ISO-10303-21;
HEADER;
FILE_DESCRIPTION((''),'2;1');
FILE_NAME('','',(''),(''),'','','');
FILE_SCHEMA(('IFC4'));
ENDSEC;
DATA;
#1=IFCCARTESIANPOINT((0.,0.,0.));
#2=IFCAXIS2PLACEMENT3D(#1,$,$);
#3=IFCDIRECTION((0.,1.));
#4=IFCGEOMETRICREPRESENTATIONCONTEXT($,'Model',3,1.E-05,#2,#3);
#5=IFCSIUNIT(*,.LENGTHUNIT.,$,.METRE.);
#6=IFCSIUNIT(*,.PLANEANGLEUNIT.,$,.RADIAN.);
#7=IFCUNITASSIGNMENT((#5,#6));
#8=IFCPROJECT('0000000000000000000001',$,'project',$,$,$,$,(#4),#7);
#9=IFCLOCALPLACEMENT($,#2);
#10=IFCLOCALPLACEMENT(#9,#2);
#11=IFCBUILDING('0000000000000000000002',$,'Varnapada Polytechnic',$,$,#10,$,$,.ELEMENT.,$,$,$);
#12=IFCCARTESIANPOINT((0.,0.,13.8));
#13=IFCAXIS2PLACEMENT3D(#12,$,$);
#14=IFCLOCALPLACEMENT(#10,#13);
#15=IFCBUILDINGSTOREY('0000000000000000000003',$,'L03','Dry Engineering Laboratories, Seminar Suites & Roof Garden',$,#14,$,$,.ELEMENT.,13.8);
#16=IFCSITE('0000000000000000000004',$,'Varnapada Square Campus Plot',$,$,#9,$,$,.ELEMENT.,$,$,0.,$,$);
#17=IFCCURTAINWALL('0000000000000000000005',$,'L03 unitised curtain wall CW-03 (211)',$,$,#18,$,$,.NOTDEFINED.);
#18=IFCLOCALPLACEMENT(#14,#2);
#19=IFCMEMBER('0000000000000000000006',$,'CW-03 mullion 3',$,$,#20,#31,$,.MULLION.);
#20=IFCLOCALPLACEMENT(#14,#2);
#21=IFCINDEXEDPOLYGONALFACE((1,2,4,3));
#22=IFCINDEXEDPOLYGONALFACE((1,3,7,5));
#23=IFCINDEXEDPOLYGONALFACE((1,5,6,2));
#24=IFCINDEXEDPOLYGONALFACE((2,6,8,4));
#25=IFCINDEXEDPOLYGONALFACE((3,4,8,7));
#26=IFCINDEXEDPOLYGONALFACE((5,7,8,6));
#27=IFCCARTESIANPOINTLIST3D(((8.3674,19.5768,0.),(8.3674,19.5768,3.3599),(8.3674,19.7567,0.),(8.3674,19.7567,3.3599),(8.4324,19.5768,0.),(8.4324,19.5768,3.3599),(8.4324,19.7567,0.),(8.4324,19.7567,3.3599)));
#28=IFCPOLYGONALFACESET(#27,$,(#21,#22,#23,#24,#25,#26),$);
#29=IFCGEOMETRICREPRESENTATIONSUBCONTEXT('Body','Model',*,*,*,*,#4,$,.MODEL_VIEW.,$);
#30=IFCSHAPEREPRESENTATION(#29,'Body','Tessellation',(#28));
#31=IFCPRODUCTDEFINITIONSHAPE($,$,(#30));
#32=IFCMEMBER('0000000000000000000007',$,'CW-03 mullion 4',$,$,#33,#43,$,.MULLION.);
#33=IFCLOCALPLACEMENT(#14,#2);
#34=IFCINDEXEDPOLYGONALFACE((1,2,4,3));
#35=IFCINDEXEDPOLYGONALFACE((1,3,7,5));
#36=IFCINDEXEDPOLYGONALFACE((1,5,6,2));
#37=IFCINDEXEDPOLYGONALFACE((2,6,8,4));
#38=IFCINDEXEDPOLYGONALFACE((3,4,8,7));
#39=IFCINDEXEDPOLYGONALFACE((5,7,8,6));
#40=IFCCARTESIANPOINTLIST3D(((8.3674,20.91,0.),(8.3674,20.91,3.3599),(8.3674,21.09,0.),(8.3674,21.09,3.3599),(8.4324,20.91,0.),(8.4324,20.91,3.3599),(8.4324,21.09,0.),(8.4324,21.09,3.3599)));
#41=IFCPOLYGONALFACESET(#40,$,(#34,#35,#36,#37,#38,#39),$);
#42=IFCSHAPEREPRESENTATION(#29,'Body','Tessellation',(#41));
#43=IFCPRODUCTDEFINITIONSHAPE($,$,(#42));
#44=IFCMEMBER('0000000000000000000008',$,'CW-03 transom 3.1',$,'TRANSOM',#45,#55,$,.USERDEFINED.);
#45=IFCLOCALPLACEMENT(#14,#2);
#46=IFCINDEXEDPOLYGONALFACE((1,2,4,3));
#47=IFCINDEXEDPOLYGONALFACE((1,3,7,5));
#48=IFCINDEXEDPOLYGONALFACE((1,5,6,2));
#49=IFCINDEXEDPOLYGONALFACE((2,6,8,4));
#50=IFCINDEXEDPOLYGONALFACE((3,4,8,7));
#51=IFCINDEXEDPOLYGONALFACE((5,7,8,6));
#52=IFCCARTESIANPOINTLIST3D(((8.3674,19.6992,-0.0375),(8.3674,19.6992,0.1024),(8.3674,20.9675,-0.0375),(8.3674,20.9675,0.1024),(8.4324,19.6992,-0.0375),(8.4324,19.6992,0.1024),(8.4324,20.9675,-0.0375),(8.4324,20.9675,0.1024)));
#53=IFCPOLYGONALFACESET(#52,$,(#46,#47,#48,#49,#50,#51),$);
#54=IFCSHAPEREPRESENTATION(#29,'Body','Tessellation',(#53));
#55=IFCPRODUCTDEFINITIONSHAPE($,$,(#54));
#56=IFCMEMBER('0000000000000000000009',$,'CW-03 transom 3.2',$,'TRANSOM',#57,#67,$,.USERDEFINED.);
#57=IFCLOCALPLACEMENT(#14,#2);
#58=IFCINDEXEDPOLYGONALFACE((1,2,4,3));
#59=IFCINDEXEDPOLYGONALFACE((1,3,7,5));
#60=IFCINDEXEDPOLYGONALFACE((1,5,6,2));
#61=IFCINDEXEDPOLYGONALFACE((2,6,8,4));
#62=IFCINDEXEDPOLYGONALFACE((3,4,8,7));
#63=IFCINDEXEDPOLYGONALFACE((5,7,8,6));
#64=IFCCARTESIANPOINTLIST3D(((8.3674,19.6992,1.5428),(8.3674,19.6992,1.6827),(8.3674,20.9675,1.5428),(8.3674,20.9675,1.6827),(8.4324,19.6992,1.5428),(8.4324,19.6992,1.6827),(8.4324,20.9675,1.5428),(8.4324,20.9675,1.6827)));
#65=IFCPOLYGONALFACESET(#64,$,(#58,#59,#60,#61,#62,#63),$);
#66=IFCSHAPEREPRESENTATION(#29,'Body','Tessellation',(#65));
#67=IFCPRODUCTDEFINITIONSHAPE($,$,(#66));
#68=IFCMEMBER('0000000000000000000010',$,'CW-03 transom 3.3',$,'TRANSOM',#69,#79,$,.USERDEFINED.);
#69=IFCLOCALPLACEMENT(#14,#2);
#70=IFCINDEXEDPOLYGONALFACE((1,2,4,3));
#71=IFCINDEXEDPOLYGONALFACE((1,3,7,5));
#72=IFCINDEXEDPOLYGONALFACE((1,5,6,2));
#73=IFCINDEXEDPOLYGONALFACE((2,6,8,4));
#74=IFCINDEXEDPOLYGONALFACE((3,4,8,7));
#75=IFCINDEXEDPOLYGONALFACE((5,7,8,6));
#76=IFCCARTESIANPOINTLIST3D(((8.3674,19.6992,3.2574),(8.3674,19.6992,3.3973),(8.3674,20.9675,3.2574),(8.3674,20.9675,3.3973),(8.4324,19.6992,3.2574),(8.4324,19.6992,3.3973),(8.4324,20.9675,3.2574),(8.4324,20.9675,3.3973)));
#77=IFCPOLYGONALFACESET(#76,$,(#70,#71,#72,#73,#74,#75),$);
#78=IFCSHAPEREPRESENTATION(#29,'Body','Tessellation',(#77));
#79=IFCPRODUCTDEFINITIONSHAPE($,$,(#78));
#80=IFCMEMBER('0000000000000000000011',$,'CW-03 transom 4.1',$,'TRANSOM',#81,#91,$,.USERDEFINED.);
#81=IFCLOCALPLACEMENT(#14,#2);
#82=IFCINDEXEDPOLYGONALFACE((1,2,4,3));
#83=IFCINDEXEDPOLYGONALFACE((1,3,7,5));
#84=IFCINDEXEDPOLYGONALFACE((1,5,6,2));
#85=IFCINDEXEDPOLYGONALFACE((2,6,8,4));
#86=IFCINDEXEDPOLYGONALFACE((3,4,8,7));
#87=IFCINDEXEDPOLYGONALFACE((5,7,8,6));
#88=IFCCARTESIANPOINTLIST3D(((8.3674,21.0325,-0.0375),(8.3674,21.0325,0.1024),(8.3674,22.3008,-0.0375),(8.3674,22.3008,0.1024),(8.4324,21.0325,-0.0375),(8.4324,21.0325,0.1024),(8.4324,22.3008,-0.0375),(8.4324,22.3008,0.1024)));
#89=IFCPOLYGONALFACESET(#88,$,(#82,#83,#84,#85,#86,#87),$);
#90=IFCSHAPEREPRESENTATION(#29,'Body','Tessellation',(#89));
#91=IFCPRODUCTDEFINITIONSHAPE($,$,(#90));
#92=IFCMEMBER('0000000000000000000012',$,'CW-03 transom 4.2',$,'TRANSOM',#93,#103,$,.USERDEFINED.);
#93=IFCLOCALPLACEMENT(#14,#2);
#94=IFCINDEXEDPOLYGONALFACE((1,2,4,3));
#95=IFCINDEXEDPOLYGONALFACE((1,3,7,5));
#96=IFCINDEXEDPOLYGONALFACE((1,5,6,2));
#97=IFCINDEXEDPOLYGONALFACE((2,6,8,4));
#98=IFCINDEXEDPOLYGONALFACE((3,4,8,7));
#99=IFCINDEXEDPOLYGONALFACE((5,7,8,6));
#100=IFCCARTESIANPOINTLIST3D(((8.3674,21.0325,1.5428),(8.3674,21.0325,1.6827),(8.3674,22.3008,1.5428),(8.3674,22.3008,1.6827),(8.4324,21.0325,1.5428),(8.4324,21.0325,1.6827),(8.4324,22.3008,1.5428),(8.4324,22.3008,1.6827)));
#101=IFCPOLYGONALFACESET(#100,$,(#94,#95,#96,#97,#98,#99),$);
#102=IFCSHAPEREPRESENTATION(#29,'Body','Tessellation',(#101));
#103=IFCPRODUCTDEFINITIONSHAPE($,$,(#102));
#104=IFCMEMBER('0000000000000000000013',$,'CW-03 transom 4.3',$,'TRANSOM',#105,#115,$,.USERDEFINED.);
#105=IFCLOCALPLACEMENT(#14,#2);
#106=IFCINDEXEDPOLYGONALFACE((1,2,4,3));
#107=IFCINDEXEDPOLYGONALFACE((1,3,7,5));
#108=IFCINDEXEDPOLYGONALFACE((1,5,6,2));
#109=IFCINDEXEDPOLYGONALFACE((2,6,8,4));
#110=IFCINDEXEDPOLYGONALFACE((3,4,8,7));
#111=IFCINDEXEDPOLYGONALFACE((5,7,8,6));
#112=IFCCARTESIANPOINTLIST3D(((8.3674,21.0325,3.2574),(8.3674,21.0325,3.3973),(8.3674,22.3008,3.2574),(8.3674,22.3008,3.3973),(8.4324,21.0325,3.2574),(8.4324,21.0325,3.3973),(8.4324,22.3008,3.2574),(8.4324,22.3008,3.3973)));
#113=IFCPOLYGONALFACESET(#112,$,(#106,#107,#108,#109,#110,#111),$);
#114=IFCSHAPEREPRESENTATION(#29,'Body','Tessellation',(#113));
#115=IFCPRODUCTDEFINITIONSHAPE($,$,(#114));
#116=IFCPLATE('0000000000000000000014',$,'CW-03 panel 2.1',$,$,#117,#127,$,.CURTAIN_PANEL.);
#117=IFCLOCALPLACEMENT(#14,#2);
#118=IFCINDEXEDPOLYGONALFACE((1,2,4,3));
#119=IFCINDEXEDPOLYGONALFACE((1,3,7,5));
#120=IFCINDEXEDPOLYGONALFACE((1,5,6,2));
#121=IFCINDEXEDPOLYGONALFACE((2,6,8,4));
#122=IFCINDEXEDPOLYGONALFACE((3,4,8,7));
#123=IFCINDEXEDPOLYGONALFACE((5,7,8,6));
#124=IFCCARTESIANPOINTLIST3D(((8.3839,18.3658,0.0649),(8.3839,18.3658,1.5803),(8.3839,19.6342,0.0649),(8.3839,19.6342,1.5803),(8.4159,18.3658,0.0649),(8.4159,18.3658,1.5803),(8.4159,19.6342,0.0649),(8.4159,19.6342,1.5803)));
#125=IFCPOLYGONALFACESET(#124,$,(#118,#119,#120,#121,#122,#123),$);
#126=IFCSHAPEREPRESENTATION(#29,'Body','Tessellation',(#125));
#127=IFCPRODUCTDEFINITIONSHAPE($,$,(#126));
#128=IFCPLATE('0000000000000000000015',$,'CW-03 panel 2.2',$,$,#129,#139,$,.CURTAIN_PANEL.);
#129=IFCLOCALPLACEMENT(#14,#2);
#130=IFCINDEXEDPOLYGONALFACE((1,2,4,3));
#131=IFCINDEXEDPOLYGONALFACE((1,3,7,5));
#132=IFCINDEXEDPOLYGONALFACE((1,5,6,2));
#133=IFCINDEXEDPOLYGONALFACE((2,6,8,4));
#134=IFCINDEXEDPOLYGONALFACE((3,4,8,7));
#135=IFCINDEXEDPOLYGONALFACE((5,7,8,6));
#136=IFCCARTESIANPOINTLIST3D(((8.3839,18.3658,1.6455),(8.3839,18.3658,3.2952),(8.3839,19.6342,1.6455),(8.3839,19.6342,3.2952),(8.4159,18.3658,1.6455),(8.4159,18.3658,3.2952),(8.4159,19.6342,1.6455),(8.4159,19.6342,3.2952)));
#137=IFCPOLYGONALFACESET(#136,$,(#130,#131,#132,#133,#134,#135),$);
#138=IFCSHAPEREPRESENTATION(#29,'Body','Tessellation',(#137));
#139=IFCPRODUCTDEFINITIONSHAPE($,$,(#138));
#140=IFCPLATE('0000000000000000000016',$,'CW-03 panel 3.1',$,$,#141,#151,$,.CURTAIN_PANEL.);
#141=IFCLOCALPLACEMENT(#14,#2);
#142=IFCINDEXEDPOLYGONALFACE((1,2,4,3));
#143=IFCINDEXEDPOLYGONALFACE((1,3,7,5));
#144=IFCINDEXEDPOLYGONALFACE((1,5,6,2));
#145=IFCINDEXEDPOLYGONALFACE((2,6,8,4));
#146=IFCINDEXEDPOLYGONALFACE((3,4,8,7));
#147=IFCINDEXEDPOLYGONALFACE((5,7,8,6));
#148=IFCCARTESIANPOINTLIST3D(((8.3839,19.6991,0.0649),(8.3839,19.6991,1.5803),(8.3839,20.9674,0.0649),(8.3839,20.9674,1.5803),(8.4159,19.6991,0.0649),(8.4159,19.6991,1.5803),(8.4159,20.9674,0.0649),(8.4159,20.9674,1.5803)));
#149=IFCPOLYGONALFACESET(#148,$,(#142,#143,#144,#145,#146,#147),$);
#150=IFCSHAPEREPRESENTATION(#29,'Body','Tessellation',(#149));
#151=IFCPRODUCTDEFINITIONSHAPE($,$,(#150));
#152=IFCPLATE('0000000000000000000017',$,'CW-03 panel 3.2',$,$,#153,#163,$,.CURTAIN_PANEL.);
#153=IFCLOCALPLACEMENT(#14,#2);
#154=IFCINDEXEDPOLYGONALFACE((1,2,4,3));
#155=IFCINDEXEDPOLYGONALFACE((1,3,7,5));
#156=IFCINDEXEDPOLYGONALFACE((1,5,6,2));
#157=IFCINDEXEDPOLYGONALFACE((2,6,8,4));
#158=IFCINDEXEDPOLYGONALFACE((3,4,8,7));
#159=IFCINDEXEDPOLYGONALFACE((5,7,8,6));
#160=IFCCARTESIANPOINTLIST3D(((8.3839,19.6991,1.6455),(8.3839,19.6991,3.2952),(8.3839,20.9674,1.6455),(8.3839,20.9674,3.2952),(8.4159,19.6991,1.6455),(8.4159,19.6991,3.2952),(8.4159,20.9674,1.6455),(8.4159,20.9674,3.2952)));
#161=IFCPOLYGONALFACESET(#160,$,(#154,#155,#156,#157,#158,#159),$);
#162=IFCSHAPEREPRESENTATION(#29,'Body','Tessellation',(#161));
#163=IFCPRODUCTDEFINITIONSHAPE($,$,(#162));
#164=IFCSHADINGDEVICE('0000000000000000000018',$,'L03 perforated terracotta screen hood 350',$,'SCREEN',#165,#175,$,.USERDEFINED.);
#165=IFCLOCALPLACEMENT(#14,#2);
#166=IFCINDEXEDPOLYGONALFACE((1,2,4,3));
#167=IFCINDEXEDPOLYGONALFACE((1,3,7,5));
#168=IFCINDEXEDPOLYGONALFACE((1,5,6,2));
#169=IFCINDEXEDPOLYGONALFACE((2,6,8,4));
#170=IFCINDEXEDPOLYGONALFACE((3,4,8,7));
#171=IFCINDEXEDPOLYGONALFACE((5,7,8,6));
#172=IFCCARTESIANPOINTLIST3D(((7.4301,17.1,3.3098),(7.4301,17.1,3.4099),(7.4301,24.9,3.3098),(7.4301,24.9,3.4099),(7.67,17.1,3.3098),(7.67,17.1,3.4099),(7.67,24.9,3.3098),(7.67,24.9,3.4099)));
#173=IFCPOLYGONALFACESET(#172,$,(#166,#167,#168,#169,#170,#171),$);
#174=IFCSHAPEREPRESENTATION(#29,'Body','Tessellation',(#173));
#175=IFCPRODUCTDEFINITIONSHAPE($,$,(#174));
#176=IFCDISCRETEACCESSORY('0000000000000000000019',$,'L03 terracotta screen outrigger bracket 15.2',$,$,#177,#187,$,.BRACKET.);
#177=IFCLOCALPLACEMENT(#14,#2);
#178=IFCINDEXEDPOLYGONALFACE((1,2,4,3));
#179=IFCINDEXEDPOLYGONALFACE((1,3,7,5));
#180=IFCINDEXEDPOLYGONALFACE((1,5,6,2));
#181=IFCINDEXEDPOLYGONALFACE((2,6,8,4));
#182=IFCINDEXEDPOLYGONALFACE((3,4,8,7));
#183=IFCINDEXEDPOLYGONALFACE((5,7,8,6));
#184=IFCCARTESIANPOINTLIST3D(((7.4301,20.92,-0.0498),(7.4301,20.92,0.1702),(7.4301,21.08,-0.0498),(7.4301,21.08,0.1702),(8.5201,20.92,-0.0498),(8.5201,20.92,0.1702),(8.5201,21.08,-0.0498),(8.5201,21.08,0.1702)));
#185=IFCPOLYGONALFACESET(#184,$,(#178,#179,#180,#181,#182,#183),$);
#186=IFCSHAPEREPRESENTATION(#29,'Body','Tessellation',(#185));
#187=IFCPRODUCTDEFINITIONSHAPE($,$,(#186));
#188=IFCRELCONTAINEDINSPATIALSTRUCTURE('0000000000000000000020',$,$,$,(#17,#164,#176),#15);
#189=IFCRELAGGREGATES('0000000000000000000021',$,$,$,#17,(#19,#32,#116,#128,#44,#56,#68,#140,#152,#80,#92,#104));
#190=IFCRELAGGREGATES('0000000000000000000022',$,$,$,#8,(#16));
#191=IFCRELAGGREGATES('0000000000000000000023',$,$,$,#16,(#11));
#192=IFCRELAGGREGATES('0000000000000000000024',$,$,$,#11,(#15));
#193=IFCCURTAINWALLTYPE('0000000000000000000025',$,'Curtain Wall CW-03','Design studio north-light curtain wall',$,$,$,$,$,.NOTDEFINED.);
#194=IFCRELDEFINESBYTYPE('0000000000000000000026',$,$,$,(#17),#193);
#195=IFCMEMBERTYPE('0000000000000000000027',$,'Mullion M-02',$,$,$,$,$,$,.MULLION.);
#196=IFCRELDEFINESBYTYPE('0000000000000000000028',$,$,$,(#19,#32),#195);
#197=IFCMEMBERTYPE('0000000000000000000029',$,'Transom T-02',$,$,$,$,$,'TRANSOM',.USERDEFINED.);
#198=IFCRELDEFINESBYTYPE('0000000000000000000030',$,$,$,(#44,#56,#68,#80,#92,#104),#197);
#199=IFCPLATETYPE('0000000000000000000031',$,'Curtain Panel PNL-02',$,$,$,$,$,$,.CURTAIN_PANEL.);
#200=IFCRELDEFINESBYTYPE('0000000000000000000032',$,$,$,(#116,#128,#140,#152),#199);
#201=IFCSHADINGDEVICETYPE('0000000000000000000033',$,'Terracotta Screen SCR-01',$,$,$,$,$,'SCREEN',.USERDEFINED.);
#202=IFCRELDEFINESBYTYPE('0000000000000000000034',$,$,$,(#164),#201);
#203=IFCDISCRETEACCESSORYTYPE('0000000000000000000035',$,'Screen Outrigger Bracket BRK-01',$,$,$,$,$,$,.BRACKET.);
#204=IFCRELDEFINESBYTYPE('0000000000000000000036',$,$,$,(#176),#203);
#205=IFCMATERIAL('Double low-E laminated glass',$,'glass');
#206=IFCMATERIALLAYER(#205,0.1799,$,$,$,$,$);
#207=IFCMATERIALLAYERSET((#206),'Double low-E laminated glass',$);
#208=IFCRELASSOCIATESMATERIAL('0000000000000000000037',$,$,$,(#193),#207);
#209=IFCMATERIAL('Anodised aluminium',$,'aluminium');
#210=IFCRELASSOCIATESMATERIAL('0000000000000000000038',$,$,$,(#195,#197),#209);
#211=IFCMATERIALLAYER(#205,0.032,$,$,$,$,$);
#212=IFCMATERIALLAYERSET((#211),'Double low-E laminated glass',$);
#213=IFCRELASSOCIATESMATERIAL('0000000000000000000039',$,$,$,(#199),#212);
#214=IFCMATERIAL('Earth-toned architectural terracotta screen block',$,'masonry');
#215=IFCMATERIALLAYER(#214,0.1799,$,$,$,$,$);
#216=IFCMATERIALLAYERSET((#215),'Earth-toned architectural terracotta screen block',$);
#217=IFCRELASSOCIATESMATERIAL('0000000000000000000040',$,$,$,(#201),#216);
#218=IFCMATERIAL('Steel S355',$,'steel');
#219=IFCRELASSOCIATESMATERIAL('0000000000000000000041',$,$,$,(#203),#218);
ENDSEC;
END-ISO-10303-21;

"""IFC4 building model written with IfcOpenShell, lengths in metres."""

from ifc_helpers import new_model, si_unit, direction, frame, origin, origin_2d, place, context, subcontext, project, spatial, rectangle, extrude, material, layer, layer_set, material_profile, profile_set, type_object, element, aggregate, save


model = new_model("IFC4")

# Units and contexts
model_context = context("Model", 3, precision=1e-05, world=origin(), true_north=direction((0.0, 1.0)))
body_context = subcontext(model_context, "Body", "Model", "MODEL_VIEW")
ifc_project = project(units=[si_unit("LENGTHUNIT", "METRE"), si_unit("PLANEANGLEUNIT", "RADIAN")], contexts=[model_context])

# Site, building, storey
site_placement = place(None, origin())
site = spatial("IfcSite", under=ifc_project, at=site_placement, Name="Varnapada Square Campus Plot", CompositionType="ELEMENT", RefElevation=0.0)
building_placement = place(site_placement, origin())
building = spatial("IfcBuilding", under=site, at=building_placement, Name="Varnapada Polytechnic", CompositionType="ELEMENT")
storey_placement = place(building_placement, frame((0.0, 0.0, 13.8)))
storey = spatial("IfcBuildingStorey", under=building, at=storey_placement, Name="L03", Description="Dry Engineering Laboratories, Seminar Suites & Roof Garden", CompositionType="ELEMENT", Elevation=13.8)

# Curtain wall, members, plates
ifc_material_1 = material(Name="Double low-E laminated glass", Category="glass")
ifc_layer_1 = layer(ifc_material_1, 0.1799)
ifc_layer_set_1 = layer_set([ifc_layer_1], Name="Double low-E laminated glass")
curtain_wall_type = type_object("IfcCurtainWallType", Name="Curtain Wall CW-03", Description="Design studio north-light curtain wall", PredefinedType="NOTDEFINED", material=ifc_layer_set_1)
curtain_wall_placement = place(storey_placement, origin())
curtain_wall = element("IfcCurtainWall", 1, at=curtain_wall_placement, inside=storey, type_object=curtain_wall_type, Name="L03 unitised curtain wall CW-03 (211)", PredefinedType="NOTDEFINED")
ifc_material_2 = material(Name="Anodised aluminium", Category="aluminium")
ifc_material_profile_1 = material_profile(ifc_material_2, rectangle(XDim=0.0649, YDim=0.1799, at=origin_2d()), Name="ALU M65x180")
ifc_profile_set_1 = profile_set([ifc_material_profile_1], Name="Anodised aluminium")
member_type_1 = type_object("IfcMemberType", Name="Mullion M-02", PredefinedType="MULLION", material=ifc_profile_set_1)
member_1_placement = place(storey_placement, frame((8.3999, 19.6667, 0.0), z_axis=(0.0, 0.0, 1.0), x_axis=(-1.0, 0.0, 0.0)))
member_1 = element("IfcMember", 2, at=member_1_placement, type_object=member_type_1, Name="CW-03 mullion 3", PredefinedType="MULLION", context=body_context, shape_type="SweptSolid", body=[
    extrude(rectangle(XDim=0.0649, YDim=0.1799, at=origin_2d()), origin(), (0.0, 0.0, 1.0), 3.3599),
])
member_2_placement = place(storey_placement, frame((8.3999, 21.0, 0.0), z_axis=(0.0, 0.0, 1.0), x_axis=(-1.0, 0.0, 0.0)))
member_2 = element("IfcMember", 3, at=member_2_placement, type_object=member_type_1, Name="CW-03 mullion 4", PredefinedType="MULLION", context=body_context, shape_type="SweptSolid", body=[
    extrude(rectangle(XDim=0.0649, YDim=0.1799, at=origin_2d()), origin(), (0.0, 0.0, 1.0), 3.3599),
])
ifc_material_profile_2 = material_profile(ifc_material_2, rectangle(XDim=0.0649, YDim=0.1399, at=origin_2d()), Name="ALU T65x140")
ifc_profile_set_2 = profile_set([ifc_material_profile_2], Name="Anodised aluminium")
member_type_2 = type_object("IfcMemberType", Name="Transom T-02", ElementType="TRANSOM", PredefinedType="USERDEFINED", material=ifc_profile_set_2)
member_3_placement = place(storey_placement, frame((8.3999, 19.6992, 0.0325), z_axis=(0.0, 1.0, 0.0), x_axis=(-1.0, 0.0, 0.0)))
member_3 = element("IfcMember", 4, at=member_3_placement, type_object=member_type_2, Name="CW-03 transom 3.1", ObjectType="TRANSOM", PredefinedType="USERDEFINED", context=body_context, shape_type="SweptSolid", body=[
    extrude(rectangle(XDim=0.0649, YDim=0.1399, at=origin_2d()), origin(), (0.0, 0.0, 1.0), 1.2683),
])
member_4_placement = place(storey_placement, frame((8.3999, 19.6992, 1.6128), z_axis=(0.0, 1.0, 0.0), x_axis=(-1.0, 0.0, 0.0)))
member_4 = element("IfcMember", 5, at=member_4_placement, type_object=member_type_2, Name="CW-03 transom 3.2", ObjectType="TRANSOM", PredefinedType="USERDEFINED", context=body_context, shape_type="SweptSolid", body=[
    extrude(rectangle(XDim=0.0649, YDim=0.1399, at=origin_2d()), origin(), (0.0, 0.0, 1.0), 1.2683),
])
member_5_placement = place(storey_placement, frame((8.3999, 19.6992, 3.3274), z_axis=(0.0, 1.0, 0.0), x_axis=(-1.0, 0.0, 0.0)))
member_5 = element("IfcMember", 6, at=member_5_placement, type_object=member_type_2, Name="CW-03 transom 3.3", ObjectType="TRANSOM", PredefinedType="USERDEFINED", context=body_context, shape_type="SweptSolid", body=[
    extrude(rectangle(XDim=0.0649, YDim=0.1399, at=origin_2d()), origin(), (0.0, 0.0, 1.0), 1.2683),
])
member_6_placement = place(storey_placement, frame((8.3999, 21.0325, 0.0325), z_axis=(0.0, 1.0, 0.0), x_axis=(-1.0, 0.0, 0.0)))
member_6 = element("IfcMember", 7, at=member_6_placement, type_object=member_type_2, Name="CW-03 transom 4.1", ObjectType="TRANSOM", PredefinedType="USERDEFINED", context=body_context, shape_type="SweptSolid", body=[
    extrude(rectangle(XDim=0.0649, YDim=0.1399, at=origin_2d()), origin(), (0.0, 0.0, 1.0), 1.2683),
])
member_7_placement = place(storey_placement, frame((8.3999, 21.0325, 1.6128), z_axis=(0.0, 1.0, 0.0), x_axis=(-1.0, 0.0, 0.0)))
member_7 = element("IfcMember", 8, at=member_7_placement, type_object=member_type_2, Name="CW-03 transom 4.2", ObjectType="TRANSOM", PredefinedType="USERDEFINED", context=body_context, shape_type="SweptSolid", body=[
    extrude(rectangle(XDim=0.0649, YDim=0.1399, at=origin_2d()), origin(), (0.0, 0.0, 1.0), 1.2683),
])
member_8_placement = place(storey_placement, frame((8.3999, 21.0325, 3.3274), z_axis=(0.0, 1.0, 0.0), x_axis=(-1.0, 0.0, 0.0)))
member_8 = element("IfcMember", 9, at=member_8_placement, type_object=member_type_2, Name="CW-03 transom 4.3", ObjectType="TRANSOM", PredefinedType="USERDEFINED", context=body_context, shape_type="SweptSolid", body=[
    extrude(rectangle(XDim=0.0649, YDim=0.1399, at=origin_2d()), origin(), (0.0, 0.0, 1.0), 1.2683),
])
ifc_layer_2 = layer(ifc_material_1, 0.032)
ifc_layer_set_2 = layer_set([ifc_layer_2], Name="Double low-E laminated glass")
plate_type = type_object("IfcPlateType", Name="Curtain Panel PNL-02", PredefinedType="CURTAIN_PANEL", material=ifc_layer_set_2)
plate_1_placement = place(storey_placement, frame((8.3999, 19.0, 0.0649), z_axis=(0.0, 0.0, 1.0), x_axis=(0.0, 1.0, 0.0)))
plate_1 = element("IfcPlate", 10, at=plate_1_placement, type_object=plate_type, Name="CW-03 panel 2.1", PredefinedType="CURTAIN_PANEL", context=body_context, shape_type="SweptSolid", body=[
    extrude(rectangle(XDim=1.2683, YDim=0.032, at=origin_2d()), origin(), (0.0, 0.0, 1.0), 1.5154),
])
plate_2_placement = place(storey_placement, frame((8.3999, 19.0, 1.6455), z_axis=(0.0, 0.0, 1.0), x_axis=(0.0, 1.0, 0.0)))
plate_2 = element("IfcPlate", 11, at=plate_2_placement, type_object=plate_type, Name="CW-03 panel 2.2", PredefinedType="CURTAIN_PANEL", context=body_context, shape_type="SweptSolid", body=[
    extrude(rectangle(XDim=1.2683, YDim=0.032, at=origin_2d()), origin(), (0.0, 0.0, 1.0), 1.6497),
])
plate_3_placement = place(storey_placement, frame((8.3999, 20.3333, 0.0649), z_axis=(0.0, 0.0, 1.0), x_axis=(0.0, 1.0, 0.0)))
plate_3 = element("IfcPlate", 12, at=plate_3_placement, type_object=plate_type, Name="CW-03 panel 3.1", PredefinedType="CURTAIN_PANEL", context=body_context, shape_type="SweptSolid", body=[
    extrude(rectangle(XDim=1.2683, YDim=0.032, at=origin_2d()), origin(), (0.0, 0.0, 1.0), 1.5154),
])
plate_4_placement = place(storey_placement, frame((8.3999, 20.3333, 1.6455), z_axis=(0.0, 0.0, 1.0), x_axis=(0.0, 1.0, 0.0)))
plate_4 = element("IfcPlate", 13, at=plate_4_placement, type_object=plate_type, Name="CW-03 panel 3.2", PredefinedType="CURTAIN_PANEL", context=body_context, shape_type="SweptSolid", body=[
    extrude(rectangle(XDim=1.2683, YDim=0.032, at=origin_2d()), origin(), (0.0, 0.0, 1.0), 1.6497),
])
aggregate(curtain_wall, [member_1, member_2, plate_1, plate_2, member_3, member_4, member_5, plate_3, plate_4, member_6, member_7, member_8])

# Shading device
ifc_material_3 = material(Name="Earth-toned architectural terracotta screen block", Category="masonry")
ifc_layer_3 = layer(ifc_material_3, 0.1799)
ifc_layer_set_3 = layer_set([ifc_layer_3], Name="Earth-toned architectural terracotta screen block")
shading_device_type = type_object("IfcShadingDeviceType", Name="Terracotta Screen SCR-01", ElementType="SCREEN", PredefinedType="USERDEFINED", material=ifc_layer_set_3)
shading_device_placement = place(storey_placement, frame((7.55, 21.0, 3.3098), z_axis=(0.0, 0.0, 1.0), x_axis=(0.0, 1.0, 0.0)))
element("IfcShadingDevice", 14, at=shading_device_placement, inside=storey, type_object=shading_device_type, Name="L03 perforated terracotta screen hood 350", ObjectType="SCREEN", PredefinedType="USERDEFINED", context=body_context, shape_type="SweptSolid", body=[
    extrude(rectangle(XDim=7.8, YDim=0.24, at=origin_2d()), origin(), (0.0, 0.0, 1.0), 0.1001),
])

# Discrete accessory
ifc_material_4 = material(Name="Steel S355", Category="steel")
discrete_accessory_type = type_object("IfcDiscreteAccessoryType", Name="Screen Outrigger Bracket BRK-01", PredefinedType="BRACKET", material=ifc_material_4)
discrete_accessory_placement = place(storey_placement, frame((7.9751, 21.0, -0.0498), z_axis=(0.0, 0.0, 1.0), x_axis=(0.0, 1.0, 0.0)))
element("IfcDiscreteAccessory", 15, at=discrete_accessory_placement, inside=storey, type_object=discrete_accessory_type, Name="L03 terracotta screen outrigger bracket 15.2", PredefinedType="BRACKET", context=body_context, shape_type="SweptSolid", body=[
    extrude(rectangle(XDim=0.1599, YDim=1.0901, at=origin_2d()), origin(), (0.0, 0.0, 1.0), 0.22),
])

save(model, "model.ifc")
